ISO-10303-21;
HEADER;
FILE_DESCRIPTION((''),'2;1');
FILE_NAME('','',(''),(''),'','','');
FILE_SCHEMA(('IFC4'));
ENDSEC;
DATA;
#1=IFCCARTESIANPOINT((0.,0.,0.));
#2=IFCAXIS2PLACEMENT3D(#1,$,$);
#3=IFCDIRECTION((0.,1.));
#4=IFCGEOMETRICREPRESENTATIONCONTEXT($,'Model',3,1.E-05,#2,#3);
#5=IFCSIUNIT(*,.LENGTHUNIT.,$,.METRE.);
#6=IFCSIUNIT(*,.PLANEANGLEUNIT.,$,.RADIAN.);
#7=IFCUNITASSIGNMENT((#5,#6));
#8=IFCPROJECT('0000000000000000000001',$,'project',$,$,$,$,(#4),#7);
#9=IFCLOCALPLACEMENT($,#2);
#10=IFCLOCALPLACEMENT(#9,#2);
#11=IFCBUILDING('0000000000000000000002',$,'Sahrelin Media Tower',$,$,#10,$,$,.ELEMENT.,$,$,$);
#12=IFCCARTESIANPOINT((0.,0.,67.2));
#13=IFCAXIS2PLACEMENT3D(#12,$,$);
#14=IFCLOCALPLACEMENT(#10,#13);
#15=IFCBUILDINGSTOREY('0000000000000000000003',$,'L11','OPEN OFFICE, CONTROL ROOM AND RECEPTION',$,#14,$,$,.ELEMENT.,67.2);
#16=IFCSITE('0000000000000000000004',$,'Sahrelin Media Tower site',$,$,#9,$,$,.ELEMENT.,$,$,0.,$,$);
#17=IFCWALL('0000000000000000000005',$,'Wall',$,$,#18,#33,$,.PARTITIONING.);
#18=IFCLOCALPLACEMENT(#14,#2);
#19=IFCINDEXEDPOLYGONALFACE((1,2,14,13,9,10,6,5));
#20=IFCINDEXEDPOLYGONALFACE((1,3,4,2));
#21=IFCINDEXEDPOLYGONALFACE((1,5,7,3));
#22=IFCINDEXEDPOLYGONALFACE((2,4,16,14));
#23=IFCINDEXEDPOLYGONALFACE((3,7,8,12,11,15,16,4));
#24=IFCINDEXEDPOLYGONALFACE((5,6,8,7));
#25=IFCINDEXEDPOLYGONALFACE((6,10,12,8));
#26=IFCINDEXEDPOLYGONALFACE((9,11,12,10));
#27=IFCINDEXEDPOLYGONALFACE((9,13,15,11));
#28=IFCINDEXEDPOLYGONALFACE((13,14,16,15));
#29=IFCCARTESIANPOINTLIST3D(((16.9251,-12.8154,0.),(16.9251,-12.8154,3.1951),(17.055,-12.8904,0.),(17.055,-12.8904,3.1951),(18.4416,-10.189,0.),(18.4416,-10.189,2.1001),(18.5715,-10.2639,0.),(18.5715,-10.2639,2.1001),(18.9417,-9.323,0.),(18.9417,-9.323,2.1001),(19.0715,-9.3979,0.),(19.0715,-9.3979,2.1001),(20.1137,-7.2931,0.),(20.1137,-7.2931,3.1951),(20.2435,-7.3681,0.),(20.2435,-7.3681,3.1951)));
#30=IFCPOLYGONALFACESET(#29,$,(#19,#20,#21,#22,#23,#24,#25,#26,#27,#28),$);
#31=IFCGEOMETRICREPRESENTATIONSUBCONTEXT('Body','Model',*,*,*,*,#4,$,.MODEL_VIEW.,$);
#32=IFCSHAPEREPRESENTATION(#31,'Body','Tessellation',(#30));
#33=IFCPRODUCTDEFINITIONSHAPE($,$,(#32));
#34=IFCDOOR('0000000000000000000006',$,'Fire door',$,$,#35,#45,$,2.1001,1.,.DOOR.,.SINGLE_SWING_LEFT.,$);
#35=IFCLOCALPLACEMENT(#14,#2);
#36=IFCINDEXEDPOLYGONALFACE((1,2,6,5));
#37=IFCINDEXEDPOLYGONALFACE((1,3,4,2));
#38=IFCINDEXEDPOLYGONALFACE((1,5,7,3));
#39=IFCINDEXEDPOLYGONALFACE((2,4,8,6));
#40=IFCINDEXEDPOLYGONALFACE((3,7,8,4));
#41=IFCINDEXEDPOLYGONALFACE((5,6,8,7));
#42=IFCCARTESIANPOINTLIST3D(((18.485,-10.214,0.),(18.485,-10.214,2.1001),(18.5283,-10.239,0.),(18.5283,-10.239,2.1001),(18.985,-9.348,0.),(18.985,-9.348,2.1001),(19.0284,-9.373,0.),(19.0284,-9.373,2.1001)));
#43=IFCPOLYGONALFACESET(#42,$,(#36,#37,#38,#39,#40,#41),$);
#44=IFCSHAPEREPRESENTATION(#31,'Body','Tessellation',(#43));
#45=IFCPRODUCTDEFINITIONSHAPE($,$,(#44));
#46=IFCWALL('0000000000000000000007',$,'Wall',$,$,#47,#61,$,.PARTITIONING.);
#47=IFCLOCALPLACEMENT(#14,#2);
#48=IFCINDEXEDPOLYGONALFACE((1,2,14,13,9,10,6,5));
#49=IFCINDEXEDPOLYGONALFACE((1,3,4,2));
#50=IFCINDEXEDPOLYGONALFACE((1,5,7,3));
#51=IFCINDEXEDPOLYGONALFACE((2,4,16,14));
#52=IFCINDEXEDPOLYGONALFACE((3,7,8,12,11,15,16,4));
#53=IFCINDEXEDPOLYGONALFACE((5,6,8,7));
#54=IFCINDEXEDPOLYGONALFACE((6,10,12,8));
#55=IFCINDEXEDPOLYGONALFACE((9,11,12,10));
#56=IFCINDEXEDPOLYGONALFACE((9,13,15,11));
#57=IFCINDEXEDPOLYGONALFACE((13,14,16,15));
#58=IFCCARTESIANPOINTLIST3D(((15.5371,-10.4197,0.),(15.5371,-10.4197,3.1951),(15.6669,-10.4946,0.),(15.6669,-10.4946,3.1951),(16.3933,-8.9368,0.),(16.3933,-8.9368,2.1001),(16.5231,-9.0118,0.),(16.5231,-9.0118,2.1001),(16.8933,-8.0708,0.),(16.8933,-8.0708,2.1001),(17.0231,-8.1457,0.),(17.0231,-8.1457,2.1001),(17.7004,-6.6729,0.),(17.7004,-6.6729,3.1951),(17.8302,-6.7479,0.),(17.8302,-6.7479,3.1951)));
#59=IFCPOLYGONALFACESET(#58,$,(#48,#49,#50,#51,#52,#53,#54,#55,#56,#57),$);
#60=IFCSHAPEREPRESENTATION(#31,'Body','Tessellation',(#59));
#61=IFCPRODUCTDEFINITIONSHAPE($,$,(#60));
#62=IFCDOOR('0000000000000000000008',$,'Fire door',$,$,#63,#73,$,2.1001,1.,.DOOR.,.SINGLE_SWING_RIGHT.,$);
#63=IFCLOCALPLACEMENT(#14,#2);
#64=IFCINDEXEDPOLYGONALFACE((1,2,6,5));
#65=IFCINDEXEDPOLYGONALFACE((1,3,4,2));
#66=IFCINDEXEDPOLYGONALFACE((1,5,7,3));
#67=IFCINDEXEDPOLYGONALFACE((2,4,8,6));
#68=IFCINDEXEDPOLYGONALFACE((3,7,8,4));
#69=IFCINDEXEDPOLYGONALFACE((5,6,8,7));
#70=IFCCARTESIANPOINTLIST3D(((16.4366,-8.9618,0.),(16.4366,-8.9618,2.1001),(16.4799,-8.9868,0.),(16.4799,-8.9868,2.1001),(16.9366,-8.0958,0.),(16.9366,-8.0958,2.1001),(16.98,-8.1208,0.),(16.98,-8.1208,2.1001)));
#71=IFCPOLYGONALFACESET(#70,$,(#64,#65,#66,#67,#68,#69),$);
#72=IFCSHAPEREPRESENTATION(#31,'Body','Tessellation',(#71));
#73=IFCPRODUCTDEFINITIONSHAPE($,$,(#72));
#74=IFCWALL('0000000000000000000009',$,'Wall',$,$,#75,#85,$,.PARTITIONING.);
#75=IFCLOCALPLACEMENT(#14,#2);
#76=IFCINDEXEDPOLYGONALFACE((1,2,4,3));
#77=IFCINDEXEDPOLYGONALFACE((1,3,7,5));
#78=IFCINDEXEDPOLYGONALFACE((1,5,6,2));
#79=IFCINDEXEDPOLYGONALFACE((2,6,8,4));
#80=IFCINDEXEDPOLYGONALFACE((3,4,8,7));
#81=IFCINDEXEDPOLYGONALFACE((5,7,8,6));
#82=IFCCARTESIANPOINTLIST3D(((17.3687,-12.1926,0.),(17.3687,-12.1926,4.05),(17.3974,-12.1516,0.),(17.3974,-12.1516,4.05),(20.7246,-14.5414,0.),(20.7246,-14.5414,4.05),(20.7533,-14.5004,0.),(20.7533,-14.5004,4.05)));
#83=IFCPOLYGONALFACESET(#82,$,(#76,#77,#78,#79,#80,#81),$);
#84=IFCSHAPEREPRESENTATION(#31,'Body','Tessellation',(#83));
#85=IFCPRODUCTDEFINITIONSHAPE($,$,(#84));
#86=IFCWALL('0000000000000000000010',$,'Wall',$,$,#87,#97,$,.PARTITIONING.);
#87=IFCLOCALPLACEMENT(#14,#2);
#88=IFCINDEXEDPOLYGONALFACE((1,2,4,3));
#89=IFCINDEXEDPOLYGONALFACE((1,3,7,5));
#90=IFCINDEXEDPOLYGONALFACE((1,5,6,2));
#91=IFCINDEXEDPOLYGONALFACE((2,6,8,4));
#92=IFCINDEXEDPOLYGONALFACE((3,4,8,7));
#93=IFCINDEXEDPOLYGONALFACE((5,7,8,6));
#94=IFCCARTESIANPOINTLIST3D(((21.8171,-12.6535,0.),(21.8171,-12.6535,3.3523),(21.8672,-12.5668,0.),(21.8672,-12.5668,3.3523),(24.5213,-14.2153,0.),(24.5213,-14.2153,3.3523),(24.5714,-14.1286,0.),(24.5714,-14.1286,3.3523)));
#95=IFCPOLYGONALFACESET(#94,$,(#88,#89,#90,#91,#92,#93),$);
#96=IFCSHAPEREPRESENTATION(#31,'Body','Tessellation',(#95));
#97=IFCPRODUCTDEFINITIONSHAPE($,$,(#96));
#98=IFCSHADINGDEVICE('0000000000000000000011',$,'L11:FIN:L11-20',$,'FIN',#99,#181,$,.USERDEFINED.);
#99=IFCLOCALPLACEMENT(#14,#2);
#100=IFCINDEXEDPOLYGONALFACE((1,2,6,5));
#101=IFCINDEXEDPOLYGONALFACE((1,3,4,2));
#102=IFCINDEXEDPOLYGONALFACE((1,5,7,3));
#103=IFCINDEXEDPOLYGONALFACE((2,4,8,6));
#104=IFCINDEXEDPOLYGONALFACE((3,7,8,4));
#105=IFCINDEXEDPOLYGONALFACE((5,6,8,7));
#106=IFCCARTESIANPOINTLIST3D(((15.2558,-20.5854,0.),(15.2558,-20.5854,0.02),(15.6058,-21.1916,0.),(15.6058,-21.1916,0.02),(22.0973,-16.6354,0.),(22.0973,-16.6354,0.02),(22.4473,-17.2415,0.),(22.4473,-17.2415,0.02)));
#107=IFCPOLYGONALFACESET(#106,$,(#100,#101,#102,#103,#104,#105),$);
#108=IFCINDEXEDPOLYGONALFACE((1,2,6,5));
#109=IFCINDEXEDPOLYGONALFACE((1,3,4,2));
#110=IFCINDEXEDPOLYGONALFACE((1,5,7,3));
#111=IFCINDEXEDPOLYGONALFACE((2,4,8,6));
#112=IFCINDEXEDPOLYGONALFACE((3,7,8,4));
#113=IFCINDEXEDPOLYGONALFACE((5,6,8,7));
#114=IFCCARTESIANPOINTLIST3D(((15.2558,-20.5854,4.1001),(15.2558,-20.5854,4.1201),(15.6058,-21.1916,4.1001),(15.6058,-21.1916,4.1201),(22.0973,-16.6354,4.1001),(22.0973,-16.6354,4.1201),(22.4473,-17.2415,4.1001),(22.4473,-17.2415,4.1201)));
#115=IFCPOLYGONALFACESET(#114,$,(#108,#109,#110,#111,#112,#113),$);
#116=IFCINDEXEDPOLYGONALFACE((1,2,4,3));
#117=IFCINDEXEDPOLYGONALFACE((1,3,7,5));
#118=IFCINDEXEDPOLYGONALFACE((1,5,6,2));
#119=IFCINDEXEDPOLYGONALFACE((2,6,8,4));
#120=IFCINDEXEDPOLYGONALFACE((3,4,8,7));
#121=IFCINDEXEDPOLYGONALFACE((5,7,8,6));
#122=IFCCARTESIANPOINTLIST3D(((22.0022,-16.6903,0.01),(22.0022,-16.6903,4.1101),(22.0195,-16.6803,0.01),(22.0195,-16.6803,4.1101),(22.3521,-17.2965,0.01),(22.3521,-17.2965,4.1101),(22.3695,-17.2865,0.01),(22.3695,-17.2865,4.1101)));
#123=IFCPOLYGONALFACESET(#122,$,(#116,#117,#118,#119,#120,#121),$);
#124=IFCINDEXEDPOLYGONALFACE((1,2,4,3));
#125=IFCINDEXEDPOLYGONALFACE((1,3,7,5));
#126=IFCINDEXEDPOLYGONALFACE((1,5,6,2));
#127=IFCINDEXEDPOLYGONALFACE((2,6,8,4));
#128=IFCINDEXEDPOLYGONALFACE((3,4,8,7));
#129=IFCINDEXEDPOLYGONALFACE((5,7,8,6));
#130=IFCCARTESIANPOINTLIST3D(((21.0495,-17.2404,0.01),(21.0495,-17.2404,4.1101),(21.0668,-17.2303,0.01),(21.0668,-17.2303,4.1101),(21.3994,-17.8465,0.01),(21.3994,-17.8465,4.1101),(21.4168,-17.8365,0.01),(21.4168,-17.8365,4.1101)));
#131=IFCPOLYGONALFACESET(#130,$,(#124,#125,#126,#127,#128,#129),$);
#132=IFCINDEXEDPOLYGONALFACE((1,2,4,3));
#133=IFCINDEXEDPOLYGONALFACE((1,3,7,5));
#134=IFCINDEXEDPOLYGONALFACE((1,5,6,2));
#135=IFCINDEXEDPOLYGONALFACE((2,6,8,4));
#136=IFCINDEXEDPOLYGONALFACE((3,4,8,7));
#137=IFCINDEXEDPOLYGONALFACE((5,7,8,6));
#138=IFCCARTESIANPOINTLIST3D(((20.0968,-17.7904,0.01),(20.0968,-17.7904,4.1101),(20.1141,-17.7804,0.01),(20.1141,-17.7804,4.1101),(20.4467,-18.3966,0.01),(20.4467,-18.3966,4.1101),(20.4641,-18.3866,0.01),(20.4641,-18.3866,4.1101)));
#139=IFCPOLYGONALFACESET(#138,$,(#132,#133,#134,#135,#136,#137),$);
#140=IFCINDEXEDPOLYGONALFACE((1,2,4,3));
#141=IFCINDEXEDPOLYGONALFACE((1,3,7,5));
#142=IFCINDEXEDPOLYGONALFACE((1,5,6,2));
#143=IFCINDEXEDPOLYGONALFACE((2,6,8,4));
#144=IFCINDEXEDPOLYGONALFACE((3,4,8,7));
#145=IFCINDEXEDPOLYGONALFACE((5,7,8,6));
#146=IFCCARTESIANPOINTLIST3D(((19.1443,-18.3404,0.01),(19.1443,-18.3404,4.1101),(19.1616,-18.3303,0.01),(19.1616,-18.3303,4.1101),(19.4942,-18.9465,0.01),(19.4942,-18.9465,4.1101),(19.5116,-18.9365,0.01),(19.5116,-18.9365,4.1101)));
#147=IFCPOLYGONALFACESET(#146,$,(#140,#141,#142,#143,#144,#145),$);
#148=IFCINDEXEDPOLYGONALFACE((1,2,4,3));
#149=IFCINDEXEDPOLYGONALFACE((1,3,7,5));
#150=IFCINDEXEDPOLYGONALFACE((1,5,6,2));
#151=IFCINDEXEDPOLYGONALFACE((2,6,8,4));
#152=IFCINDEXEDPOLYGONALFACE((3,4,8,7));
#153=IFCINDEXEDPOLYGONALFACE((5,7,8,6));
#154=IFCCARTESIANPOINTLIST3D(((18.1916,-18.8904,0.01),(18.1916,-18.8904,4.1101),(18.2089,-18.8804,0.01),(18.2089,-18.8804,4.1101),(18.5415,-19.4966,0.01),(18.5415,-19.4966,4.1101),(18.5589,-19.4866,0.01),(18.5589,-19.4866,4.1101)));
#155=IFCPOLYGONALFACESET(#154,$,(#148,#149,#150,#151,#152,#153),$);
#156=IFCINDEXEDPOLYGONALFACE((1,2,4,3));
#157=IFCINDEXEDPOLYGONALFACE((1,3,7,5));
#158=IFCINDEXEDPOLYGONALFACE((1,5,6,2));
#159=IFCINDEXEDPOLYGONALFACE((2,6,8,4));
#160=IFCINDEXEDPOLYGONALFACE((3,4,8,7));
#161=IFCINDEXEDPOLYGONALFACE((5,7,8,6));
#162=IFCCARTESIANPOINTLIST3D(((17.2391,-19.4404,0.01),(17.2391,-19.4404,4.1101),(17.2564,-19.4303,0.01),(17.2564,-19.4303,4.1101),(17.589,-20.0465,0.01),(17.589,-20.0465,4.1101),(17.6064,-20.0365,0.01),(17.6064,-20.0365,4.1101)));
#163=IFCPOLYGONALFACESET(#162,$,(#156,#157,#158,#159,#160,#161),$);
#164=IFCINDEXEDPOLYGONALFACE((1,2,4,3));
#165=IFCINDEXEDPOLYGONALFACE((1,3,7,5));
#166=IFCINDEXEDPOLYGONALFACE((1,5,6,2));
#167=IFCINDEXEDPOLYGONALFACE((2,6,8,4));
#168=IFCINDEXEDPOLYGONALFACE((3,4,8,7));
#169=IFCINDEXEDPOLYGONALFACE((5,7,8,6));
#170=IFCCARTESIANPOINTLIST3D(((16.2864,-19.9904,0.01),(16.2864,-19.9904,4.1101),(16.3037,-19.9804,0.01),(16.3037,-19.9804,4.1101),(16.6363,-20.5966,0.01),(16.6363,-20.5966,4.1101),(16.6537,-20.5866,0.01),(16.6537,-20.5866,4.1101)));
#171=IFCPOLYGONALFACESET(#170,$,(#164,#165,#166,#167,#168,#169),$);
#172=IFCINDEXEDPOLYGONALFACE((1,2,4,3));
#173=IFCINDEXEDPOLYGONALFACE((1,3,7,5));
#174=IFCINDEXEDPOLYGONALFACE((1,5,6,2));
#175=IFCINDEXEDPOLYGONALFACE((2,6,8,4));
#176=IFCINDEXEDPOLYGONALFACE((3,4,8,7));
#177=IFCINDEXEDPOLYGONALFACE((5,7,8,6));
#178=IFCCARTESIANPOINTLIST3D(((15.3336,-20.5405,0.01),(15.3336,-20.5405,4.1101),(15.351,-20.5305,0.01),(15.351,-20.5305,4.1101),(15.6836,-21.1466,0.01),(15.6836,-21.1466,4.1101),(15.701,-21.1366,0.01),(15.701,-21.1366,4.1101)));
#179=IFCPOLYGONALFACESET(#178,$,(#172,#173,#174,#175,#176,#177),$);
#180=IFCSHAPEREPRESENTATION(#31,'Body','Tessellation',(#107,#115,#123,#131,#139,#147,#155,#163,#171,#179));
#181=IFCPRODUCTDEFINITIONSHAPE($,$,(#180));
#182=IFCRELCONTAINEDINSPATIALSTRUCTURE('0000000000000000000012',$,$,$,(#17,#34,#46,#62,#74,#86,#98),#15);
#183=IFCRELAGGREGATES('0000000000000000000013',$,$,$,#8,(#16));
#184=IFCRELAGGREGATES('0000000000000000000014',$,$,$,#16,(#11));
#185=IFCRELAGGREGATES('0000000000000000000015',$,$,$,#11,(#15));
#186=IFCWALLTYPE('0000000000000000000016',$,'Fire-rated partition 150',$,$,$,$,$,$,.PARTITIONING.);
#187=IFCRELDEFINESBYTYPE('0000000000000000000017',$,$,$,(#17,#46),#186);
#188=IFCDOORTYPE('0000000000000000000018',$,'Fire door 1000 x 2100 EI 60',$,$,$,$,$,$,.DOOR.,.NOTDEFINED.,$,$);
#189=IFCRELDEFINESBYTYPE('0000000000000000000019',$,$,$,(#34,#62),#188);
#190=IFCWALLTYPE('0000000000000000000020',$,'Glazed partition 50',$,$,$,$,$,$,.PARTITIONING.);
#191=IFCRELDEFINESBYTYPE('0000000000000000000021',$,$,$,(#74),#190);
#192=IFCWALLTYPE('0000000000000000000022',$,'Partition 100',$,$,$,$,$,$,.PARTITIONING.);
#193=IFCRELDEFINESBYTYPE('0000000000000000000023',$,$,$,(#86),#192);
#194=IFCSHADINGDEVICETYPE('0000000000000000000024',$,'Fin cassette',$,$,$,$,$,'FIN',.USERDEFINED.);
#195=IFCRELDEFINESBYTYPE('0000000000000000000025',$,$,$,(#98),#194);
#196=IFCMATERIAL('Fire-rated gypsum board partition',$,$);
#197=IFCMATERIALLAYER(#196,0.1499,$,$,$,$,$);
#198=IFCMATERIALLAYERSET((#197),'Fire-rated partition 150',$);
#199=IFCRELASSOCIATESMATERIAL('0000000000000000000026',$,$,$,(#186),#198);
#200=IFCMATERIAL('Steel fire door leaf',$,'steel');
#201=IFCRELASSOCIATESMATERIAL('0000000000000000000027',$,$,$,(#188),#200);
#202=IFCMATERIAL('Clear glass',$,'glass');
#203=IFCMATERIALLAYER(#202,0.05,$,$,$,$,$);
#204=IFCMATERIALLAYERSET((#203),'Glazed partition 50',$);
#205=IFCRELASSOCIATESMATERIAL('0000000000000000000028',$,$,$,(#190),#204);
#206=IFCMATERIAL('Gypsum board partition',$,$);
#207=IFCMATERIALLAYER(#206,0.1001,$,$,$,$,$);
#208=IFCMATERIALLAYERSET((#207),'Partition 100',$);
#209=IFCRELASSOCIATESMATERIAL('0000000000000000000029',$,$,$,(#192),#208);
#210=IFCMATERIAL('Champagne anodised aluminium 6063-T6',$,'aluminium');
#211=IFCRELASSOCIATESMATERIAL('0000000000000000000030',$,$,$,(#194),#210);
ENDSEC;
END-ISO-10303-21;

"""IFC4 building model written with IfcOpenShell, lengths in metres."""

from ifc_helpers import new_model, si_unit, direction, frame, frame_2d, origin, origin_2d, place, context, subcontext, project, spatial, rectangle, extrude, material, layer, layer_set, type_object, element, fill, save


model = new_model("IFC4")

# Units and contexts
model_context = context("Model", 3, precision=1e-05, world=origin(), true_north=direction((0.0, 1.0)))
body_context = subcontext(model_context, "Body", "Model", "MODEL_VIEW")
ifc_project = project(units=[si_unit("LENGTHUNIT", "METRE"), si_unit("PLANEANGLEUNIT", "RADIAN")], contexts=[model_context])

# Site, building, storey
site_placement = place(None, origin())
site = spatial("IfcSite", under=ifc_project, at=site_placement, Name="Sahrelin Media Tower site", CompositionType="ELEMENT", RefElevation=0.0)
building_placement = place(site_placement, origin())
building = spatial("IfcBuilding", under=site, at=building_placement, Name="Sahrelin Media Tower", CompositionType="ELEMENT")
storey_placement = place(building_placement, frame((0.0, 0.0, 67.2)))
storey = spatial("IfcBuildingStorey", under=building, at=storey_placement, Name="L11", Description="OPEN OFFICE, CONTROL ROOM AND RECEPTION", CompositionType="ELEMENT", Elevation=67.2)

# Shared definitions
ifc_material_1 = material(Name="Champagne anodised aluminium 6063-T6", Category="aluminium")

# Walls, openings, doors
ifc_material_2 = material(Name="Fire-rated gypsum board partition")
ifc_layer_1 = layer(ifc_material_2, 0.1499)
ifc_layer_set_1 = layer_set([ifc_layer_1], Name="Fire-rated partition 150")
wall_type_1 = type_object("IfcWallType", Name="Fire-rated partition 150", PredefinedType="PARTITIONING", material=ifc_layer_set_1)
wall_1_placement = place(storey_placement, frame((16.99, -12.853, 0.0), z_axis=(0.0, 0.0, 1.0), x_axis=(0.500026, 0.86601, 0.0)))
wall_1 = element("IfcWall", 1, at=wall_1_placement, inside=storey, type_object=wall_type_1, Name="Wall", PredefinedType="PARTITIONING", context=body_context, shape_type="SweptSolid", body=[
    extrude(rectangle(XDim=6.3767, YDim=0.1499, at=frame_2d((3.1885, 0.0))), origin(), (0.0, 0.0, 1.0), 3.1951),
])
opening_1_placement = place(wall_1_placement, frame((3.033, 0.0, 0.0)))
opening_1 = element("IfcOpeningElement", 2, at=opening_1_placement, cuts=wall_1, PredefinedType="OPENING", context=body_context, shape_type="SweptSolid", body=[
    extrude(rectangle(XDim=1.0, YDim=2.1001, at=frame_2d((0.5, 1.05))), frame((0.0, 0.075, 0.0), z_axis=(0.0, -1.0, 0.0), x_axis=(1.0, 0.0, 0.0)), (0.0, 0.0, 1.0), 0.1499),
])
ifc_material_3 = material(Name="Steel fire door leaf", Category="steel")
door_type_1 = type_object("IfcDoorType", Name="Fire door 1000 x 2100 EI 60", OperationType="NOTDEFINED", PredefinedType="DOOR", material=ifc_material_3)
door_1_placement = place(opening_1_placement, origin())
door_1 = element("IfcDoor", 3, at=door_1_placement, inside=storey, type_object=door_type_1, Name="Fire door", OperationType="SINGLE_SWING_LEFT", OverallHeight=2.1001, OverallWidth=1.0, PredefinedType="DOOR", context=body_context, shape_type="SweptSolid", body=[
    extrude(rectangle(XDim=1.0, YDim=2.1001, at=frame_2d((0.5, 1.05))), frame((0.0, 0.0249, 0.0), z_axis=(0.0, -1.0, 0.0), x_axis=(1.0, 0.0, 0.0)), (0.0, 0.0, 1.0), 0.05),
])
fill(opening_1, door_1)
wall_2_placement = place(storey_placement, frame((15.6021, -10.457, 0.0), z_axis=(0.0, 0.0, 1.0), x_axis=(0.500017, 0.866015, 0.0)))
wall_2 = element("IfcWall", 4, at=wall_2_placement, inside=storey, type_object=wall_type_1, Name="Wall", PredefinedType="PARTITIONING", context=body_context, shape_type="SweptSolid", body=[
    extrude(rectangle(XDim=4.3264, YDim=0.1499, at=frame_2d((2.1631, 0.0))), origin(), (0.0, 0.0, 1.0), 3.1951),
])
opening_2_placement = place(wall_2_placement, frame((1.7122, 0.0, 0.0)))
opening_2 = element("IfcOpeningElement", 5, at=opening_2_placement, cuts=wall_2, PredefinedType="OPENING", context=body_context, shape_type="SweptSolid", body=[
    extrude(rectangle(XDim=1.0, YDim=2.1001, at=frame_2d((0.5, 1.05))), frame((0.0, 0.075, 0.0), z_axis=(0.0, -1.0, 0.0), x_axis=(1.0, 0.0, 0.0)), (0.0, 0.0, 1.0), 0.1499),
])
door_2_placement = place(opening_2_placement, origin())
door_2 = element("IfcDoor", 6, at=door_2_placement, inside=storey, type_object=door_type_1, Name="Fire door", OperationType="SINGLE_SWING_RIGHT", OverallHeight=2.1001, OverallWidth=1.0, PredefinedType="DOOR", context=body_context, shape_type="SweptSolid", body=[
    extrude(rectangle(XDim=1.0, YDim=2.1001, at=frame_2d((0.5, 1.05))), frame((0.0, 0.0249, 0.0), z_axis=(0.0, -1.0, 0.0), x_axis=(1.0, 0.0, 0.0)), (0.0, 0.0, 1.0), 0.05),
])
fill(opening_2, door_2)

# Wall
ifc_material_4 = material(Name="Clear glass", Category="glass")
ifc_layer_2 = layer(ifc_material_4, 0.05)
ifc_layer_set_2 = layer_set([ifc_layer_2], Name="Glazed partition 50")
wall_type_2 = type_object("IfcWallType", Name="Glazed partition 50", PredefinedType="PARTITIONING", material=ifc_layer_set_2)
wall_3_placement = place(storey_placement, frame((17.3831, -12.1721, 0.0), z_axis=(0.0, 0.0, 1.0), x_axis=(0.819266, -0.573414, 0.0)))
element("IfcWall", 7, at=wall_3_placement, inside=storey, type_object=wall_type_2, Name="Wall", PredefinedType="PARTITIONING", context=body_context, shape_type="SweptSolid", body=[
    extrude(rectangle(XDim=4.0962, YDim=0.05, at=frame_2d((2.0481, 0.0))), origin(), (0.0, 0.0, 1.0), 4.05),
])

# Wall
ifc_material_5 = material(Name="Gypsum board partition")
ifc_layer_3 = layer(ifc_material_5, 0.1001)
ifc_layer_set_3 = layer_set([ifc_layer_3], Name="Partition 100")
wall_type_3 = type_object("IfcWallType", Name="Partition 100", PredefinedType="PARTITIONING", material=ifc_layer_set_3)
wall_4_placement = place(storey_placement, frame((21.842, -12.6101, 0.0), z_axis=(0.0, 0.0, 1.0), x_axis=(0.865949, -0.500133, 0.0)))
element("IfcWall", 8, at=wall_4_placement, inside=storey, type_object=wall_type_3, Name="Wall", PredefinedType="PARTITIONING", context=body_context, shape_type="SweptSolid", body=[
    extrude(rectangle(XDim=3.1228, YDim=0.1001, at=frame_2d((1.5615, 0.0))), origin(), (0.0, 0.0, 1.0), 3.3523),
])

# Shading device
shading_device_type_1 = type_object("IfcShadingDeviceType", Name="Fin cassette", ElementType="FIN", PredefinedType="USERDEFINED", material=ifc_material_1)
placement_1 = place(storey_placement, frame((18.6416, -18.5498, 0.0), z_axis=(0.0, 0.0, 1.0), x_axis=(-0.866019, -0.500011, 0.0)))
element("IfcShadingDevice", 9, at=placement_1, inside=storey, type_object=shading_device_type_1, Name="L11:FIN:L11-20", ObjectType="FIN", PredefinedType="USERDEFINED", context=body_context, shape_type="SweptSolid", body=[
    extrude(rectangle(XDim=7.8999, YDim=0.7, at=origin_2d()), frame((0.0, 0.4199, 0.0)), (0.0, 0.0, 1.0), 0.02),
    extrude(rectangle(XDim=7.8999, YDim=0.7, at=origin_2d()), frame((0.0, 0.4199, 4.1001)), (0.0, 0.0, 1.0), 0.02),
    extrude(rectangle(XDim=0.02, YDim=0.7, at=origin_2d()), frame((-3.8501, 0.4199, 0.01), z_axis=(0.0, 0.0, 1.0), x_axis=(1.0, 0.0, 0.0)), (0.0, 0.0, 1.0), 4.1001),
    extrude(rectangle(XDim=0.02, YDim=0.7, at=origin_2d()), frame((-2.75, 0.4199, 0.01), z_axis=(0.0, 0.0, 1.0), x_axis=(1.0, 0.0, 0.0)), (0.0, 0.0, 1.0), 4.1001),
    extrude(rectangle(XDim=0.02, YDim=0.7, at=origin_2d()), frame((-1.6499, 0.4199, 0.01), z_axis=(0.0, 0.0, 1.0), x_axis=(1.0, 0.0, 0.0)), (0.0, 0.0, 1.0), 4.1001),
    extrude(rectangle(XDim=0.02, YDim=0.7, at=origin_2d()), frame((-0.55, 0.4199, 0.01), z_axis=(0.0, 0.0, 1.0), x_axis=(1.0, 0.0, 0.0)), (0.0, 0.0, 1.0), 4.1001),
    extrude(rectangle(XDim=0.02, YDim=0.7, at=origin_2d()), frame((0.55, 0.4199, 0.01), z_axis=(0.0, 0.0, 1.0), x_axis=(1.0, 0.0, 0.0)), (0.0, 0.0, 1.0), 4.1001),
    extrude(rectangle(XDim=0.02, YDim=0.7, at=origin_2d()), frame((1.6499, 0.4199, 0.01), z_axis=(0.0, 0.0, 1.0), x_axis=(1.0, 0.0, 0.0)), (0.0, 0.0, 1.0), 4.1001),
    extrude(rectangle(XDim=0.02, YDim=0.7, at=origin_2d()), frame((2.75, 0.4199, 0.01), z_axis=(0.0, 0.0, 1.0), x_axis=(1.0, 0.0, 0.0)), (0.0, 0.0, 1.0), 4.1001),
    extrude(rectangle(XDim=0.02, YDim=0.7, at=origin_2d()), frame((3.8501, 0.4199, 0.01), z_axis=(0.0, 0.0, 1.0), x_axis=(1.0, 0.0, 0.0)), (0.0, 0.0, 1.0), 4.1001),
])

save(model, "model.ifc")
